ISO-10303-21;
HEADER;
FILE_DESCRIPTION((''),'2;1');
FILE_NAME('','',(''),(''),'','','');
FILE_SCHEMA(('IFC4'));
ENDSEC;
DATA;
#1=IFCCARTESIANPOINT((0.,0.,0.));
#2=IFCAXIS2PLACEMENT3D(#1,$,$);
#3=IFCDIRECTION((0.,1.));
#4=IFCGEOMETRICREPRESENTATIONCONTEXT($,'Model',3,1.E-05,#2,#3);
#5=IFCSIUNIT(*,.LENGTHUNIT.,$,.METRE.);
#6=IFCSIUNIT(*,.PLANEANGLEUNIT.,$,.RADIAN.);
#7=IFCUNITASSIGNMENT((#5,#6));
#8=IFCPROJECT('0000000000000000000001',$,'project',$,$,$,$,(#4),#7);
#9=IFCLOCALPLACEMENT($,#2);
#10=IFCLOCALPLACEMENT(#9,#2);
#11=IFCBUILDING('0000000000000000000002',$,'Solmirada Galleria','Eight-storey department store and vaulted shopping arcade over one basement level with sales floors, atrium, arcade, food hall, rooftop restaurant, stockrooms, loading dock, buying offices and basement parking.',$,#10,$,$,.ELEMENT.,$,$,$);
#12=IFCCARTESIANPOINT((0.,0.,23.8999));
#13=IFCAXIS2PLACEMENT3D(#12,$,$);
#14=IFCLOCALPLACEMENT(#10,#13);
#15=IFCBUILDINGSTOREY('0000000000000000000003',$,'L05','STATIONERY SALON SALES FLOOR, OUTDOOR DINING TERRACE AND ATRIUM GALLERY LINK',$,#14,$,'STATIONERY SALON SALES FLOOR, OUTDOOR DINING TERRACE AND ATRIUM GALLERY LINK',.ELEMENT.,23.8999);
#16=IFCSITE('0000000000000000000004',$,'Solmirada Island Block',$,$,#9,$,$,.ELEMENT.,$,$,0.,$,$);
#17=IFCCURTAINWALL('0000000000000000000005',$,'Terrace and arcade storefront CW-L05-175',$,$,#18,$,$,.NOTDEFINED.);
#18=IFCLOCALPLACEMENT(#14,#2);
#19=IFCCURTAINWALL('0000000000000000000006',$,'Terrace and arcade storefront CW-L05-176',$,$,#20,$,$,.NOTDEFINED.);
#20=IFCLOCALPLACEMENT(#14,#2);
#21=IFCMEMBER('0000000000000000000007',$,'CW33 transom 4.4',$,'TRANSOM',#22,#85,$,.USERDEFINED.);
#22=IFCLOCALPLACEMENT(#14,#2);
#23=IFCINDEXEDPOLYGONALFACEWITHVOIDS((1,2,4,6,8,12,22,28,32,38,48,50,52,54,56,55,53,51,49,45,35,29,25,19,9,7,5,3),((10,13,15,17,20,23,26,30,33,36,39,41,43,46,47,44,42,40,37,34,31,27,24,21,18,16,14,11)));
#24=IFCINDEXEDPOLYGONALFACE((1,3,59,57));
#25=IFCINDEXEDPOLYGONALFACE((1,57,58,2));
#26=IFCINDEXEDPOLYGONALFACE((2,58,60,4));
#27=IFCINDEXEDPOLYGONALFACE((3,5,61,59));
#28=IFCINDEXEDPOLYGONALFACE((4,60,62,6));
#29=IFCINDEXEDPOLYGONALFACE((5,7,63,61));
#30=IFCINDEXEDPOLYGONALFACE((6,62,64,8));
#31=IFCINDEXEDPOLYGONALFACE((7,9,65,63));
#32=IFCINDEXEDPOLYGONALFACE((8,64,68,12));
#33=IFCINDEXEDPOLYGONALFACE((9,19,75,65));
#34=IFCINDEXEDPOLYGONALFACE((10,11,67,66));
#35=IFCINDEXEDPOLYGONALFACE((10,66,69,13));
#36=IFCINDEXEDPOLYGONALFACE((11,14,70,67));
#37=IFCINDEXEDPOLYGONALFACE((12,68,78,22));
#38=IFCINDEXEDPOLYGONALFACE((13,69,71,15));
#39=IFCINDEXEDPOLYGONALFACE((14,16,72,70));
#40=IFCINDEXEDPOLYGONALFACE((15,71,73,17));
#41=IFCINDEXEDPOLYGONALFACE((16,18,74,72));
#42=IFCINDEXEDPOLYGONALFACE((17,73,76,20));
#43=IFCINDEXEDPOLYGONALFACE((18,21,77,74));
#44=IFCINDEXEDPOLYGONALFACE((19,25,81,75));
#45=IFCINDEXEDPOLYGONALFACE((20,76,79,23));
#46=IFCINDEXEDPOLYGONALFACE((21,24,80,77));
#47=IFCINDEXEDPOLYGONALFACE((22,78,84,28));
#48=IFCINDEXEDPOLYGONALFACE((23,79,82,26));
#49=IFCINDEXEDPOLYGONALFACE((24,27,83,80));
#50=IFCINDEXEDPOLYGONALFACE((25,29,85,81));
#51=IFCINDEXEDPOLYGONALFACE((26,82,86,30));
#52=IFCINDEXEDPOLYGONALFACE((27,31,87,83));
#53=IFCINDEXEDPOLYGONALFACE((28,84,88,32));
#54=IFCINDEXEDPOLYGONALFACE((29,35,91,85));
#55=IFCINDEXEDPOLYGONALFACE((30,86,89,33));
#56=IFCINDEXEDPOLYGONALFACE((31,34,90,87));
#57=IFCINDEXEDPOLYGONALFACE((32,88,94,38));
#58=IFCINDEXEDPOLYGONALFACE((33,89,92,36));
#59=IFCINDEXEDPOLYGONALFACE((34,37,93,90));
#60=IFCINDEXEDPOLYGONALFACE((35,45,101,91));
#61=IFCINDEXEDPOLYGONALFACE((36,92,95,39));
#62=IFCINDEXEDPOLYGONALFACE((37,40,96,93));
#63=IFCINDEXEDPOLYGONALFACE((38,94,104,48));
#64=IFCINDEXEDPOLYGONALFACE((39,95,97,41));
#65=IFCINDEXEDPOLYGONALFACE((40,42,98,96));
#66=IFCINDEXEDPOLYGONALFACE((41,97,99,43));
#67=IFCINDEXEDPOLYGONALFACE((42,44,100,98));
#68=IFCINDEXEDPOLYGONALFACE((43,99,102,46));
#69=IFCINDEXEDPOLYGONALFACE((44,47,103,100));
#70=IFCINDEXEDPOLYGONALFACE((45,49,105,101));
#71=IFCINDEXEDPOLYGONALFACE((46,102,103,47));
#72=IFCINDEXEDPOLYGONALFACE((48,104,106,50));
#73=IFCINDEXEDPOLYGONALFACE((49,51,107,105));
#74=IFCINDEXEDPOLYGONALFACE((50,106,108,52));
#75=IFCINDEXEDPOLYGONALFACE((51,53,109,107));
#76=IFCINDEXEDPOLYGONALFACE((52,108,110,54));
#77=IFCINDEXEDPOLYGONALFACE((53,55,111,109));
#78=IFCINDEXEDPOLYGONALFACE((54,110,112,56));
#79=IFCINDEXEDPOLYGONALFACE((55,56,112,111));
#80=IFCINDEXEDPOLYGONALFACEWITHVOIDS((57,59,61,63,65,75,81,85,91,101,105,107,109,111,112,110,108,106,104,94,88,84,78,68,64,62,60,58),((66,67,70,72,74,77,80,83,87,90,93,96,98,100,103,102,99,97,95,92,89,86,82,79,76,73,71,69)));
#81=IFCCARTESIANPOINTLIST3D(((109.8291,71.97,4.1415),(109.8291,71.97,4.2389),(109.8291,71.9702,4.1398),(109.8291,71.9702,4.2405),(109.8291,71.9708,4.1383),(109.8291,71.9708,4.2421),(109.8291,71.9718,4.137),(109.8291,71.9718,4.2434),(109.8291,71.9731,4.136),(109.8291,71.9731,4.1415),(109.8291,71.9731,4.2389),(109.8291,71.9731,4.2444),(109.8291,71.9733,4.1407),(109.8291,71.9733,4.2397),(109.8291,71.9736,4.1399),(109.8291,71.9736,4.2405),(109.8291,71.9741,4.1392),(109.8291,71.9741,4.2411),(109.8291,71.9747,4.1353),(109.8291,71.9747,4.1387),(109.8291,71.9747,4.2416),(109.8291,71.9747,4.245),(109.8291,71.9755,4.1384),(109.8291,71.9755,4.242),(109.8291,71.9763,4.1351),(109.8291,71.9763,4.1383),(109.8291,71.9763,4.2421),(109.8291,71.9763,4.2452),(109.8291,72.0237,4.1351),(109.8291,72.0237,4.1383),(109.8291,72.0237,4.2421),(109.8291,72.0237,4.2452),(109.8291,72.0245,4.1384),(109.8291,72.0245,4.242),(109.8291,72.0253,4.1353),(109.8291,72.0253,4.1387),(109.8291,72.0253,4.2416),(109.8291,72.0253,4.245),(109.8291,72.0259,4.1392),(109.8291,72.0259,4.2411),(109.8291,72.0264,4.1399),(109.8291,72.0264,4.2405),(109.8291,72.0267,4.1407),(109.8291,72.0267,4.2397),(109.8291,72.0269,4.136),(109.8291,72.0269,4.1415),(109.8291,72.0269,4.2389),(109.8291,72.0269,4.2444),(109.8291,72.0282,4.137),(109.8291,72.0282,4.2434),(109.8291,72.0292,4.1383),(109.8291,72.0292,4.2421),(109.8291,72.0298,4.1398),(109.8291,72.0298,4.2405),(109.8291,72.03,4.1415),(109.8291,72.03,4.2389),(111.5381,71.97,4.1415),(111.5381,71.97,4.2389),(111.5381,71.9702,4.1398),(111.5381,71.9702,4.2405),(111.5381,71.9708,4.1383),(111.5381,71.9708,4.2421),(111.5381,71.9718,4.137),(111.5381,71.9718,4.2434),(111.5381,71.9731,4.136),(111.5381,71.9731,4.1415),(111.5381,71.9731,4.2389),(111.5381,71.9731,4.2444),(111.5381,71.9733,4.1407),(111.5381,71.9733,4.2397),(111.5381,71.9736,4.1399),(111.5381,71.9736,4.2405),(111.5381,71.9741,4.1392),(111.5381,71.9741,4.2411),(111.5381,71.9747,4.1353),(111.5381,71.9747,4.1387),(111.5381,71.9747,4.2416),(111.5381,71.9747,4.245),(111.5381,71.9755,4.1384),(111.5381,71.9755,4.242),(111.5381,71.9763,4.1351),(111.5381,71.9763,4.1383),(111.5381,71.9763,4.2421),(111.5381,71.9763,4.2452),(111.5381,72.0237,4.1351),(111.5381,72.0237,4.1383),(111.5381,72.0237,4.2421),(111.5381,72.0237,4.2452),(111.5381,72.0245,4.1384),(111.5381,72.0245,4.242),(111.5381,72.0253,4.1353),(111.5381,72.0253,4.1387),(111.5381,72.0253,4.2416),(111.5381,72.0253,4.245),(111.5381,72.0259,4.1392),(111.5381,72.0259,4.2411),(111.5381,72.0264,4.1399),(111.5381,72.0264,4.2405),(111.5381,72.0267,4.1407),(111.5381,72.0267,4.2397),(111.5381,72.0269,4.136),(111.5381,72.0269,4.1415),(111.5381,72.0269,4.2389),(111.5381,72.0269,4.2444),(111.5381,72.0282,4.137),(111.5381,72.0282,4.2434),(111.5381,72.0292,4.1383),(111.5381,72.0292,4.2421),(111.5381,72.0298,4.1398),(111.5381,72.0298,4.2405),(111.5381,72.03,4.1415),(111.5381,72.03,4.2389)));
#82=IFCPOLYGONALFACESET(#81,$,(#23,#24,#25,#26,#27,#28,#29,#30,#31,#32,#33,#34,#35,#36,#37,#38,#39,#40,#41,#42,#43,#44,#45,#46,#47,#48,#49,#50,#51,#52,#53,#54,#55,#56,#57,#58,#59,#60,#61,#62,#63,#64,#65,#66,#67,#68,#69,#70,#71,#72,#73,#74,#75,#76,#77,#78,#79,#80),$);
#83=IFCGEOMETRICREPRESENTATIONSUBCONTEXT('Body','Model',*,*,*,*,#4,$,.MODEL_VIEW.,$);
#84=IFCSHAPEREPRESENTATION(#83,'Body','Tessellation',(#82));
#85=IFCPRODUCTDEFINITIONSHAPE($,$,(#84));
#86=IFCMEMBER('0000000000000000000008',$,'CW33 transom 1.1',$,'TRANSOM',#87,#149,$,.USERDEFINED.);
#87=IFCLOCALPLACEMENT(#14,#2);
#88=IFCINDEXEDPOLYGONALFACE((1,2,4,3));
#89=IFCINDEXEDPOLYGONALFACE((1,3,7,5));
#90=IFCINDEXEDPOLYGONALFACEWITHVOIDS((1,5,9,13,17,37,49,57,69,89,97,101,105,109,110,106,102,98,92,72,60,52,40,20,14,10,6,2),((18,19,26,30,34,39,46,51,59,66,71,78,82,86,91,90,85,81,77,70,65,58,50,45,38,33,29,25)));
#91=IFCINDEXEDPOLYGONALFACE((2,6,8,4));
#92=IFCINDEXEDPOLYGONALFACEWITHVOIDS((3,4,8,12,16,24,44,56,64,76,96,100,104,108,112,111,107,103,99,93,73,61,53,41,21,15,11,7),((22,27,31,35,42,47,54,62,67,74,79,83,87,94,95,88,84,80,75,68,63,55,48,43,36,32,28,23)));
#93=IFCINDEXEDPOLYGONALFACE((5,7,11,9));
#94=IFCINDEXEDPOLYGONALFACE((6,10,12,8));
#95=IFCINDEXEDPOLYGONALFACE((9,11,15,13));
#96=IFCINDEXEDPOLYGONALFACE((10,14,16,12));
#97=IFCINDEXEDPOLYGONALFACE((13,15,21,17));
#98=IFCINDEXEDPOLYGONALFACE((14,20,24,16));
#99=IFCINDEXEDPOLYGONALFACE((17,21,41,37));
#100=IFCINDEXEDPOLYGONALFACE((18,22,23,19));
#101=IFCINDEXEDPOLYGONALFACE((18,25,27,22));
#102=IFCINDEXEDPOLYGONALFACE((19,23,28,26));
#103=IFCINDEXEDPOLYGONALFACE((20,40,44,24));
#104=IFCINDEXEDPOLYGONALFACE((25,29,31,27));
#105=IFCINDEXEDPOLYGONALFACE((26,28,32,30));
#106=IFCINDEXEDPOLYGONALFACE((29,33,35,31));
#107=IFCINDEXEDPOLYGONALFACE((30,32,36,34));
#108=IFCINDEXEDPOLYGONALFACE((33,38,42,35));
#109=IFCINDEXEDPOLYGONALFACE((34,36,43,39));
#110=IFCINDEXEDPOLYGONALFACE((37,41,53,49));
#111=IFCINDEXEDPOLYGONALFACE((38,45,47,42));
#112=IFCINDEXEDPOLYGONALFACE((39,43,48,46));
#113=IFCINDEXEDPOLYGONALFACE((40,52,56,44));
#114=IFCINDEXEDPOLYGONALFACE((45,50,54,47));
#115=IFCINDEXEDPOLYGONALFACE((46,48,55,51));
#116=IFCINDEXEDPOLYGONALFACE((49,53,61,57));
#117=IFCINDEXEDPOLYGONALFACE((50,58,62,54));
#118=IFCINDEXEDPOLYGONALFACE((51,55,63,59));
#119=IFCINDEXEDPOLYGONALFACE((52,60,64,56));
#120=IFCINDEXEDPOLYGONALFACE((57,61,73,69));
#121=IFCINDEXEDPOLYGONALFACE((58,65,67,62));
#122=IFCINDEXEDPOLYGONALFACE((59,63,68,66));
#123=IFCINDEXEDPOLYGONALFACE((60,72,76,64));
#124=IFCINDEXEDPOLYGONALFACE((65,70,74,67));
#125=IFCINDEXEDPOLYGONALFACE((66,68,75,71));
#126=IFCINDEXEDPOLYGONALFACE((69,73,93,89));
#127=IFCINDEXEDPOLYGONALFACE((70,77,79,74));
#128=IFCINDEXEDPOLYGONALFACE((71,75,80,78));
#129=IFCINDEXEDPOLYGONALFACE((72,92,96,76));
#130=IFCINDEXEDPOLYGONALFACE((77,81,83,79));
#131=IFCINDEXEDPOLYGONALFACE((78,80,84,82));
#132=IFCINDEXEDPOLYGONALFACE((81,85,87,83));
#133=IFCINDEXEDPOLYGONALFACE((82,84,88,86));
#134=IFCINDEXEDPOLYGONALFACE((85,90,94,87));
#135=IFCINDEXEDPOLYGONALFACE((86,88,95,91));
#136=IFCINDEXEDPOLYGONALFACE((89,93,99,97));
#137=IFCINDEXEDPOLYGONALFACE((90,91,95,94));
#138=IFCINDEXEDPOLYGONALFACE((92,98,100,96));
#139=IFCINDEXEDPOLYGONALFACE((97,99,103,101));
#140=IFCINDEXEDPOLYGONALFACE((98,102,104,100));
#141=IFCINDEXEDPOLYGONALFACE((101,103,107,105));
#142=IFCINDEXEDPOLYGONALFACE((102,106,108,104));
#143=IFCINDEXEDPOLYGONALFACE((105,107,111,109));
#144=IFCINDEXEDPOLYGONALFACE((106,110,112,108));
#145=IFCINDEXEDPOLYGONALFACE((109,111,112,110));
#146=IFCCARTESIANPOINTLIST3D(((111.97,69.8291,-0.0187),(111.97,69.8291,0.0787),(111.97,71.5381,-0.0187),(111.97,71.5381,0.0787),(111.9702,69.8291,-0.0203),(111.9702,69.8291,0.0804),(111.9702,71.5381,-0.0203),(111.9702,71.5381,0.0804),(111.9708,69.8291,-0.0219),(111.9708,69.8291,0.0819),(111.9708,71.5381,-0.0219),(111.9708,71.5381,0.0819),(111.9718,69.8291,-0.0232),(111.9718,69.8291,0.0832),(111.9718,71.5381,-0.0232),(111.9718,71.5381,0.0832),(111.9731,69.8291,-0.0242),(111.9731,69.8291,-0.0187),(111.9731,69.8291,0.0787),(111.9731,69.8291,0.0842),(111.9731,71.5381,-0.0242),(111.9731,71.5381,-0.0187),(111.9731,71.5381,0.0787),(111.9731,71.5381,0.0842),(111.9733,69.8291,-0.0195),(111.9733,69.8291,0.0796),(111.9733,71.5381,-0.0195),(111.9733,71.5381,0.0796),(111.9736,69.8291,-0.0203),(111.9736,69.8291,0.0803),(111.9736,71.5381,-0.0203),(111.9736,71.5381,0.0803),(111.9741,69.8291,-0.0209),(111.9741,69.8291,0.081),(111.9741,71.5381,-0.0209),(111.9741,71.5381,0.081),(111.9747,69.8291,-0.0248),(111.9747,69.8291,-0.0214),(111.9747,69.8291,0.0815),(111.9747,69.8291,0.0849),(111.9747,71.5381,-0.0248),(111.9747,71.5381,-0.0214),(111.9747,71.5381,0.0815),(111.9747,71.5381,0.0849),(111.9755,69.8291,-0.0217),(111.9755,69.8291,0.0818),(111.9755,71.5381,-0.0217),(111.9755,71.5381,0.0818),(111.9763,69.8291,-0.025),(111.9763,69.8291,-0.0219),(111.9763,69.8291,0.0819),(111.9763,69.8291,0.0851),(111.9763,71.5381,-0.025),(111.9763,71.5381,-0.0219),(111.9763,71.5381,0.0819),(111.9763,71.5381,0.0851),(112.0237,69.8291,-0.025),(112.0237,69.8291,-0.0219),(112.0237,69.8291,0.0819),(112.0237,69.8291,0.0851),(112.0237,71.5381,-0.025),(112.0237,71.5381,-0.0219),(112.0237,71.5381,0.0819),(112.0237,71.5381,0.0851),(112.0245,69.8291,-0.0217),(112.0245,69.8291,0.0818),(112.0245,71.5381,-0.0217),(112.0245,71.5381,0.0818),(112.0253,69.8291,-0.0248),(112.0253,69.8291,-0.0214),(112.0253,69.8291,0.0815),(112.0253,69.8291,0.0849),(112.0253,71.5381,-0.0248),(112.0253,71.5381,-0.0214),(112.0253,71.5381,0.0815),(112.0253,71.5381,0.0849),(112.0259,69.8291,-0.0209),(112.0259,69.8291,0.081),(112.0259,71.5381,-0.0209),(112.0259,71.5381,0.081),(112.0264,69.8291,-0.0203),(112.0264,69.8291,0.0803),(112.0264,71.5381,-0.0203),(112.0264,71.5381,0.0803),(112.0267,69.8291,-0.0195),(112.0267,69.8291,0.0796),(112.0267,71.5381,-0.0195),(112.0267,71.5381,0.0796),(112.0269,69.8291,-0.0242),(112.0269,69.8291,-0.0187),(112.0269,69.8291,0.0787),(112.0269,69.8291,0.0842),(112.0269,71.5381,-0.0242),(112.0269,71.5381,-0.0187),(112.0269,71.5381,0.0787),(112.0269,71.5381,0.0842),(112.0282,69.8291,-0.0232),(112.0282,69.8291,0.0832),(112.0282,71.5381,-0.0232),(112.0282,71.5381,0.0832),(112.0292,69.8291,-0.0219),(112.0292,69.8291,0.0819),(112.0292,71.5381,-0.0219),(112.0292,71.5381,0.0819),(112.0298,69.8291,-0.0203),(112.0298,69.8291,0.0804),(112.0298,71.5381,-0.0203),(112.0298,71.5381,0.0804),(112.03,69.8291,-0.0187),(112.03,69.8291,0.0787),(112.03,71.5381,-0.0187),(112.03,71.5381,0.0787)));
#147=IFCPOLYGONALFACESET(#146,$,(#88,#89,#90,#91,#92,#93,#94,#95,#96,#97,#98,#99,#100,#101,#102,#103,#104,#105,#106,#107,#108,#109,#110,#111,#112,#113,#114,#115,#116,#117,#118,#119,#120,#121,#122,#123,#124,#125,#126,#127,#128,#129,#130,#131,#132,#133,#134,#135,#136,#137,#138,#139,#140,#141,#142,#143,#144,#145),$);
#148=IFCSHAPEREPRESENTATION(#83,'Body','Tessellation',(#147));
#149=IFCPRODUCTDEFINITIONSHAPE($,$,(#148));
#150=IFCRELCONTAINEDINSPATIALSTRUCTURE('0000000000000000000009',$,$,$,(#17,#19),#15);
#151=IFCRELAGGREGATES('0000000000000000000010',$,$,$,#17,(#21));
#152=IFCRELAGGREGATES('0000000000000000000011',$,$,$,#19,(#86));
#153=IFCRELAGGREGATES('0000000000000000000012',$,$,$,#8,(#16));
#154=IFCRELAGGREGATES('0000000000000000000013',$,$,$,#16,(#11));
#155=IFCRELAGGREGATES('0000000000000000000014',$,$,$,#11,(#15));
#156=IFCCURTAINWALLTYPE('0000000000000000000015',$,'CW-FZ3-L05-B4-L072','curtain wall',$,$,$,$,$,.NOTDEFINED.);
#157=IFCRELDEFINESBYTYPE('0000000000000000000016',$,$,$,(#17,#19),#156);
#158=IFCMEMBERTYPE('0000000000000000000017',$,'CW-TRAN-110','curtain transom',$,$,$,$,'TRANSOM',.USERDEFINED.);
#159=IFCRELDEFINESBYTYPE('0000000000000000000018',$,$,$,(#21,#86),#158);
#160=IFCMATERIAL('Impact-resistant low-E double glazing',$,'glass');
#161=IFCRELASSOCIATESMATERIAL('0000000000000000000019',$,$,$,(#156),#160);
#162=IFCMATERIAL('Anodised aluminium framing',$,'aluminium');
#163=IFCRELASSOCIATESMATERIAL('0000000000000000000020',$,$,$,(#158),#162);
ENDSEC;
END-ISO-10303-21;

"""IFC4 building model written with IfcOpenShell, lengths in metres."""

from ifc_helpers import new_model, si_unit, direction, frame, origin, origin_2d, place, context, subcontext, project, spatial, hollow_rectangle, extrude, material, material_profile, profile_set, type_object, element, aggregate, save


model = new_model("IFC4")

# Units and contexts
model_context = context("Model", 3, precision=1e-05, world=origin(), true_north=direction((0.0, 1.0)))
body_context = subcontext(model_context, "Body", "Model", "MODEL_VIEW")
ifc_project = project(units=[si_unit("LENGTHUNIT", "METRE"), si_unit("PLANEANGLEUNIT", "RADIAN")], contexts=[model_context])

# Site, building, storey
site_placement = place(None, origin())
site = spatial("IfcSite", under=ifc_project, at=site_placement, Name="Solmirada Island Block", CompositionType="ELEMENT", RefElevation=0.0)
building_placement = place(site_placement, origin())
building = spatial("IfcBuilding", under=site, at=building_placement, Name="Solmirada Galleria", Description="Eight-storey department store and vaulted shopping arcade over one basement level with sales floors, atrium, arcade, food hall, rooftop restaurant, stockrooms, loading dock, buying offices and basement parking.", CompositionType="ELEMENT")
storey_placement = place(building_placement, frame((0.0, 0.0, 23.8999)))
storey = spatial("IfcBuildingStorey", under=building, at=storey_placement, Name="L05", Description="STATIONERY SALON SALES FLOOR, OUTDOOR DINING TERRACE AND ATRIUM GALLERY LINK", LongName="STATIONERY SALON SALES FLOOR, OUTDOOR DINING TERRACE AND ATRIUM GALLERY LINK", CompositionType="ELEMENT", Elevation=23.8999)

# Curtain wall
ifc_material_1 = material(Name="Impact-resistant low-E double glazing", Category="glass")
curtain_wall_type = type_object("IfcCurtainWallType", Name="CW-FZ3-L05-B4-L072", Description="curtain wall", PredefinedType="NOTDEFINED", material=ifc_material_1)
curtain_wall_1_placement = place(storey_placement, origin())
curtain_wall_1 = element("IfcCurtainWall", 1, at=curtain_wall_1_placement, inside=storey, type_object=curtain_wall_type, Name="Terrace and arcade storefront CW-L05-175", PredefinedType="NOTDEFINED")
ifc_material_2 = material(Name="Anodised aluminium framing", Category="aluminium")

# Curtain wall
curtain_wall_2_placement = place(storey_placement, origin())
curtain_wall_2 = element("IfcCurtainWall", 2, at=curtain_wall_2_placement, inside=storey, type_object=curtain_wall_type, Name="Terrace and arcade storefront CW-L05-176", PredefinedType="NOTDEFINED")

# Members
ifc_material_profile_1 = material_profile(ifc_material_2, hollow_rectangle(XDim=0.0601, YDim=0.1101, WallThickness=0.0032, InnerFilletRadius=0.0032, OuterFilletRadius=0.0063, at=origin_2d()), Name="ALU-TRAN-110X60")
ifc_profile_set_1 = profile_set([ifc_material_profile_1], Name="Anodised aluminium framing")
member_type_1 = type_object("IfcMemberType", Name="CW-TRAN-110", Description="curtain transom", ElementType="TRANSOM", PredefinedType="USERDEFINED", material=ifc_profile_set_1)
member_1_placement = place(storey_placement, frame((109.8291, 72.0, 4.1902), z_axis=(1.0, 0.0, 0.0), x_axis=(0.0, 1.0, 0.0)))
member_1 = element("IfcMember", 3, at=member_1_placement, type_object=member_type_1, Name="CW33 transom 4.4", ObjectType="TRANSOM", PredefinedType="USERDEFINED", context=body_context, shape_type="SweptSolid", body=[
    extrude(hollow_rectangle(XDim=0.0601, YDim=0.1101, WallThickness=0.0032, InnerFilletRadius=0.0032, OuterFilletRadius=0.0063, at=origin_2d()), origin(), (0.0, 0.0, 1.0), 1.709),
])
member_2_placement = place(storey_placement, frame((112.0, 71.5381, 0.03), z_axis=(0.0, -1.0, 0.0), x_axis=(1.0, 0.0, 0.0)))
member_2 = element("IfcMember", 4, at=member_2_placement, type_object=member_type_1, Name="CW33 transom 1.1", ObjectType="TRANSOM", PredefinedType="USERDEFINED", context=body_context, shape_type="SweptSolid", body=[
    extrude(hollow_rectangle(XDim=0.0601, YDim=0.1101, WallThickness=0.0032, InnerFilletRadius=0.0032, OuterFilletRadius=0.0063, at=origin_2d()), origin(), (0.0, 0.0, 1.0), 1.709),
])

aggregate(curtain_wall_1, [member_1])
aggregate(curtain_wall_2, [member_2])

save(model, "model.ifc")
